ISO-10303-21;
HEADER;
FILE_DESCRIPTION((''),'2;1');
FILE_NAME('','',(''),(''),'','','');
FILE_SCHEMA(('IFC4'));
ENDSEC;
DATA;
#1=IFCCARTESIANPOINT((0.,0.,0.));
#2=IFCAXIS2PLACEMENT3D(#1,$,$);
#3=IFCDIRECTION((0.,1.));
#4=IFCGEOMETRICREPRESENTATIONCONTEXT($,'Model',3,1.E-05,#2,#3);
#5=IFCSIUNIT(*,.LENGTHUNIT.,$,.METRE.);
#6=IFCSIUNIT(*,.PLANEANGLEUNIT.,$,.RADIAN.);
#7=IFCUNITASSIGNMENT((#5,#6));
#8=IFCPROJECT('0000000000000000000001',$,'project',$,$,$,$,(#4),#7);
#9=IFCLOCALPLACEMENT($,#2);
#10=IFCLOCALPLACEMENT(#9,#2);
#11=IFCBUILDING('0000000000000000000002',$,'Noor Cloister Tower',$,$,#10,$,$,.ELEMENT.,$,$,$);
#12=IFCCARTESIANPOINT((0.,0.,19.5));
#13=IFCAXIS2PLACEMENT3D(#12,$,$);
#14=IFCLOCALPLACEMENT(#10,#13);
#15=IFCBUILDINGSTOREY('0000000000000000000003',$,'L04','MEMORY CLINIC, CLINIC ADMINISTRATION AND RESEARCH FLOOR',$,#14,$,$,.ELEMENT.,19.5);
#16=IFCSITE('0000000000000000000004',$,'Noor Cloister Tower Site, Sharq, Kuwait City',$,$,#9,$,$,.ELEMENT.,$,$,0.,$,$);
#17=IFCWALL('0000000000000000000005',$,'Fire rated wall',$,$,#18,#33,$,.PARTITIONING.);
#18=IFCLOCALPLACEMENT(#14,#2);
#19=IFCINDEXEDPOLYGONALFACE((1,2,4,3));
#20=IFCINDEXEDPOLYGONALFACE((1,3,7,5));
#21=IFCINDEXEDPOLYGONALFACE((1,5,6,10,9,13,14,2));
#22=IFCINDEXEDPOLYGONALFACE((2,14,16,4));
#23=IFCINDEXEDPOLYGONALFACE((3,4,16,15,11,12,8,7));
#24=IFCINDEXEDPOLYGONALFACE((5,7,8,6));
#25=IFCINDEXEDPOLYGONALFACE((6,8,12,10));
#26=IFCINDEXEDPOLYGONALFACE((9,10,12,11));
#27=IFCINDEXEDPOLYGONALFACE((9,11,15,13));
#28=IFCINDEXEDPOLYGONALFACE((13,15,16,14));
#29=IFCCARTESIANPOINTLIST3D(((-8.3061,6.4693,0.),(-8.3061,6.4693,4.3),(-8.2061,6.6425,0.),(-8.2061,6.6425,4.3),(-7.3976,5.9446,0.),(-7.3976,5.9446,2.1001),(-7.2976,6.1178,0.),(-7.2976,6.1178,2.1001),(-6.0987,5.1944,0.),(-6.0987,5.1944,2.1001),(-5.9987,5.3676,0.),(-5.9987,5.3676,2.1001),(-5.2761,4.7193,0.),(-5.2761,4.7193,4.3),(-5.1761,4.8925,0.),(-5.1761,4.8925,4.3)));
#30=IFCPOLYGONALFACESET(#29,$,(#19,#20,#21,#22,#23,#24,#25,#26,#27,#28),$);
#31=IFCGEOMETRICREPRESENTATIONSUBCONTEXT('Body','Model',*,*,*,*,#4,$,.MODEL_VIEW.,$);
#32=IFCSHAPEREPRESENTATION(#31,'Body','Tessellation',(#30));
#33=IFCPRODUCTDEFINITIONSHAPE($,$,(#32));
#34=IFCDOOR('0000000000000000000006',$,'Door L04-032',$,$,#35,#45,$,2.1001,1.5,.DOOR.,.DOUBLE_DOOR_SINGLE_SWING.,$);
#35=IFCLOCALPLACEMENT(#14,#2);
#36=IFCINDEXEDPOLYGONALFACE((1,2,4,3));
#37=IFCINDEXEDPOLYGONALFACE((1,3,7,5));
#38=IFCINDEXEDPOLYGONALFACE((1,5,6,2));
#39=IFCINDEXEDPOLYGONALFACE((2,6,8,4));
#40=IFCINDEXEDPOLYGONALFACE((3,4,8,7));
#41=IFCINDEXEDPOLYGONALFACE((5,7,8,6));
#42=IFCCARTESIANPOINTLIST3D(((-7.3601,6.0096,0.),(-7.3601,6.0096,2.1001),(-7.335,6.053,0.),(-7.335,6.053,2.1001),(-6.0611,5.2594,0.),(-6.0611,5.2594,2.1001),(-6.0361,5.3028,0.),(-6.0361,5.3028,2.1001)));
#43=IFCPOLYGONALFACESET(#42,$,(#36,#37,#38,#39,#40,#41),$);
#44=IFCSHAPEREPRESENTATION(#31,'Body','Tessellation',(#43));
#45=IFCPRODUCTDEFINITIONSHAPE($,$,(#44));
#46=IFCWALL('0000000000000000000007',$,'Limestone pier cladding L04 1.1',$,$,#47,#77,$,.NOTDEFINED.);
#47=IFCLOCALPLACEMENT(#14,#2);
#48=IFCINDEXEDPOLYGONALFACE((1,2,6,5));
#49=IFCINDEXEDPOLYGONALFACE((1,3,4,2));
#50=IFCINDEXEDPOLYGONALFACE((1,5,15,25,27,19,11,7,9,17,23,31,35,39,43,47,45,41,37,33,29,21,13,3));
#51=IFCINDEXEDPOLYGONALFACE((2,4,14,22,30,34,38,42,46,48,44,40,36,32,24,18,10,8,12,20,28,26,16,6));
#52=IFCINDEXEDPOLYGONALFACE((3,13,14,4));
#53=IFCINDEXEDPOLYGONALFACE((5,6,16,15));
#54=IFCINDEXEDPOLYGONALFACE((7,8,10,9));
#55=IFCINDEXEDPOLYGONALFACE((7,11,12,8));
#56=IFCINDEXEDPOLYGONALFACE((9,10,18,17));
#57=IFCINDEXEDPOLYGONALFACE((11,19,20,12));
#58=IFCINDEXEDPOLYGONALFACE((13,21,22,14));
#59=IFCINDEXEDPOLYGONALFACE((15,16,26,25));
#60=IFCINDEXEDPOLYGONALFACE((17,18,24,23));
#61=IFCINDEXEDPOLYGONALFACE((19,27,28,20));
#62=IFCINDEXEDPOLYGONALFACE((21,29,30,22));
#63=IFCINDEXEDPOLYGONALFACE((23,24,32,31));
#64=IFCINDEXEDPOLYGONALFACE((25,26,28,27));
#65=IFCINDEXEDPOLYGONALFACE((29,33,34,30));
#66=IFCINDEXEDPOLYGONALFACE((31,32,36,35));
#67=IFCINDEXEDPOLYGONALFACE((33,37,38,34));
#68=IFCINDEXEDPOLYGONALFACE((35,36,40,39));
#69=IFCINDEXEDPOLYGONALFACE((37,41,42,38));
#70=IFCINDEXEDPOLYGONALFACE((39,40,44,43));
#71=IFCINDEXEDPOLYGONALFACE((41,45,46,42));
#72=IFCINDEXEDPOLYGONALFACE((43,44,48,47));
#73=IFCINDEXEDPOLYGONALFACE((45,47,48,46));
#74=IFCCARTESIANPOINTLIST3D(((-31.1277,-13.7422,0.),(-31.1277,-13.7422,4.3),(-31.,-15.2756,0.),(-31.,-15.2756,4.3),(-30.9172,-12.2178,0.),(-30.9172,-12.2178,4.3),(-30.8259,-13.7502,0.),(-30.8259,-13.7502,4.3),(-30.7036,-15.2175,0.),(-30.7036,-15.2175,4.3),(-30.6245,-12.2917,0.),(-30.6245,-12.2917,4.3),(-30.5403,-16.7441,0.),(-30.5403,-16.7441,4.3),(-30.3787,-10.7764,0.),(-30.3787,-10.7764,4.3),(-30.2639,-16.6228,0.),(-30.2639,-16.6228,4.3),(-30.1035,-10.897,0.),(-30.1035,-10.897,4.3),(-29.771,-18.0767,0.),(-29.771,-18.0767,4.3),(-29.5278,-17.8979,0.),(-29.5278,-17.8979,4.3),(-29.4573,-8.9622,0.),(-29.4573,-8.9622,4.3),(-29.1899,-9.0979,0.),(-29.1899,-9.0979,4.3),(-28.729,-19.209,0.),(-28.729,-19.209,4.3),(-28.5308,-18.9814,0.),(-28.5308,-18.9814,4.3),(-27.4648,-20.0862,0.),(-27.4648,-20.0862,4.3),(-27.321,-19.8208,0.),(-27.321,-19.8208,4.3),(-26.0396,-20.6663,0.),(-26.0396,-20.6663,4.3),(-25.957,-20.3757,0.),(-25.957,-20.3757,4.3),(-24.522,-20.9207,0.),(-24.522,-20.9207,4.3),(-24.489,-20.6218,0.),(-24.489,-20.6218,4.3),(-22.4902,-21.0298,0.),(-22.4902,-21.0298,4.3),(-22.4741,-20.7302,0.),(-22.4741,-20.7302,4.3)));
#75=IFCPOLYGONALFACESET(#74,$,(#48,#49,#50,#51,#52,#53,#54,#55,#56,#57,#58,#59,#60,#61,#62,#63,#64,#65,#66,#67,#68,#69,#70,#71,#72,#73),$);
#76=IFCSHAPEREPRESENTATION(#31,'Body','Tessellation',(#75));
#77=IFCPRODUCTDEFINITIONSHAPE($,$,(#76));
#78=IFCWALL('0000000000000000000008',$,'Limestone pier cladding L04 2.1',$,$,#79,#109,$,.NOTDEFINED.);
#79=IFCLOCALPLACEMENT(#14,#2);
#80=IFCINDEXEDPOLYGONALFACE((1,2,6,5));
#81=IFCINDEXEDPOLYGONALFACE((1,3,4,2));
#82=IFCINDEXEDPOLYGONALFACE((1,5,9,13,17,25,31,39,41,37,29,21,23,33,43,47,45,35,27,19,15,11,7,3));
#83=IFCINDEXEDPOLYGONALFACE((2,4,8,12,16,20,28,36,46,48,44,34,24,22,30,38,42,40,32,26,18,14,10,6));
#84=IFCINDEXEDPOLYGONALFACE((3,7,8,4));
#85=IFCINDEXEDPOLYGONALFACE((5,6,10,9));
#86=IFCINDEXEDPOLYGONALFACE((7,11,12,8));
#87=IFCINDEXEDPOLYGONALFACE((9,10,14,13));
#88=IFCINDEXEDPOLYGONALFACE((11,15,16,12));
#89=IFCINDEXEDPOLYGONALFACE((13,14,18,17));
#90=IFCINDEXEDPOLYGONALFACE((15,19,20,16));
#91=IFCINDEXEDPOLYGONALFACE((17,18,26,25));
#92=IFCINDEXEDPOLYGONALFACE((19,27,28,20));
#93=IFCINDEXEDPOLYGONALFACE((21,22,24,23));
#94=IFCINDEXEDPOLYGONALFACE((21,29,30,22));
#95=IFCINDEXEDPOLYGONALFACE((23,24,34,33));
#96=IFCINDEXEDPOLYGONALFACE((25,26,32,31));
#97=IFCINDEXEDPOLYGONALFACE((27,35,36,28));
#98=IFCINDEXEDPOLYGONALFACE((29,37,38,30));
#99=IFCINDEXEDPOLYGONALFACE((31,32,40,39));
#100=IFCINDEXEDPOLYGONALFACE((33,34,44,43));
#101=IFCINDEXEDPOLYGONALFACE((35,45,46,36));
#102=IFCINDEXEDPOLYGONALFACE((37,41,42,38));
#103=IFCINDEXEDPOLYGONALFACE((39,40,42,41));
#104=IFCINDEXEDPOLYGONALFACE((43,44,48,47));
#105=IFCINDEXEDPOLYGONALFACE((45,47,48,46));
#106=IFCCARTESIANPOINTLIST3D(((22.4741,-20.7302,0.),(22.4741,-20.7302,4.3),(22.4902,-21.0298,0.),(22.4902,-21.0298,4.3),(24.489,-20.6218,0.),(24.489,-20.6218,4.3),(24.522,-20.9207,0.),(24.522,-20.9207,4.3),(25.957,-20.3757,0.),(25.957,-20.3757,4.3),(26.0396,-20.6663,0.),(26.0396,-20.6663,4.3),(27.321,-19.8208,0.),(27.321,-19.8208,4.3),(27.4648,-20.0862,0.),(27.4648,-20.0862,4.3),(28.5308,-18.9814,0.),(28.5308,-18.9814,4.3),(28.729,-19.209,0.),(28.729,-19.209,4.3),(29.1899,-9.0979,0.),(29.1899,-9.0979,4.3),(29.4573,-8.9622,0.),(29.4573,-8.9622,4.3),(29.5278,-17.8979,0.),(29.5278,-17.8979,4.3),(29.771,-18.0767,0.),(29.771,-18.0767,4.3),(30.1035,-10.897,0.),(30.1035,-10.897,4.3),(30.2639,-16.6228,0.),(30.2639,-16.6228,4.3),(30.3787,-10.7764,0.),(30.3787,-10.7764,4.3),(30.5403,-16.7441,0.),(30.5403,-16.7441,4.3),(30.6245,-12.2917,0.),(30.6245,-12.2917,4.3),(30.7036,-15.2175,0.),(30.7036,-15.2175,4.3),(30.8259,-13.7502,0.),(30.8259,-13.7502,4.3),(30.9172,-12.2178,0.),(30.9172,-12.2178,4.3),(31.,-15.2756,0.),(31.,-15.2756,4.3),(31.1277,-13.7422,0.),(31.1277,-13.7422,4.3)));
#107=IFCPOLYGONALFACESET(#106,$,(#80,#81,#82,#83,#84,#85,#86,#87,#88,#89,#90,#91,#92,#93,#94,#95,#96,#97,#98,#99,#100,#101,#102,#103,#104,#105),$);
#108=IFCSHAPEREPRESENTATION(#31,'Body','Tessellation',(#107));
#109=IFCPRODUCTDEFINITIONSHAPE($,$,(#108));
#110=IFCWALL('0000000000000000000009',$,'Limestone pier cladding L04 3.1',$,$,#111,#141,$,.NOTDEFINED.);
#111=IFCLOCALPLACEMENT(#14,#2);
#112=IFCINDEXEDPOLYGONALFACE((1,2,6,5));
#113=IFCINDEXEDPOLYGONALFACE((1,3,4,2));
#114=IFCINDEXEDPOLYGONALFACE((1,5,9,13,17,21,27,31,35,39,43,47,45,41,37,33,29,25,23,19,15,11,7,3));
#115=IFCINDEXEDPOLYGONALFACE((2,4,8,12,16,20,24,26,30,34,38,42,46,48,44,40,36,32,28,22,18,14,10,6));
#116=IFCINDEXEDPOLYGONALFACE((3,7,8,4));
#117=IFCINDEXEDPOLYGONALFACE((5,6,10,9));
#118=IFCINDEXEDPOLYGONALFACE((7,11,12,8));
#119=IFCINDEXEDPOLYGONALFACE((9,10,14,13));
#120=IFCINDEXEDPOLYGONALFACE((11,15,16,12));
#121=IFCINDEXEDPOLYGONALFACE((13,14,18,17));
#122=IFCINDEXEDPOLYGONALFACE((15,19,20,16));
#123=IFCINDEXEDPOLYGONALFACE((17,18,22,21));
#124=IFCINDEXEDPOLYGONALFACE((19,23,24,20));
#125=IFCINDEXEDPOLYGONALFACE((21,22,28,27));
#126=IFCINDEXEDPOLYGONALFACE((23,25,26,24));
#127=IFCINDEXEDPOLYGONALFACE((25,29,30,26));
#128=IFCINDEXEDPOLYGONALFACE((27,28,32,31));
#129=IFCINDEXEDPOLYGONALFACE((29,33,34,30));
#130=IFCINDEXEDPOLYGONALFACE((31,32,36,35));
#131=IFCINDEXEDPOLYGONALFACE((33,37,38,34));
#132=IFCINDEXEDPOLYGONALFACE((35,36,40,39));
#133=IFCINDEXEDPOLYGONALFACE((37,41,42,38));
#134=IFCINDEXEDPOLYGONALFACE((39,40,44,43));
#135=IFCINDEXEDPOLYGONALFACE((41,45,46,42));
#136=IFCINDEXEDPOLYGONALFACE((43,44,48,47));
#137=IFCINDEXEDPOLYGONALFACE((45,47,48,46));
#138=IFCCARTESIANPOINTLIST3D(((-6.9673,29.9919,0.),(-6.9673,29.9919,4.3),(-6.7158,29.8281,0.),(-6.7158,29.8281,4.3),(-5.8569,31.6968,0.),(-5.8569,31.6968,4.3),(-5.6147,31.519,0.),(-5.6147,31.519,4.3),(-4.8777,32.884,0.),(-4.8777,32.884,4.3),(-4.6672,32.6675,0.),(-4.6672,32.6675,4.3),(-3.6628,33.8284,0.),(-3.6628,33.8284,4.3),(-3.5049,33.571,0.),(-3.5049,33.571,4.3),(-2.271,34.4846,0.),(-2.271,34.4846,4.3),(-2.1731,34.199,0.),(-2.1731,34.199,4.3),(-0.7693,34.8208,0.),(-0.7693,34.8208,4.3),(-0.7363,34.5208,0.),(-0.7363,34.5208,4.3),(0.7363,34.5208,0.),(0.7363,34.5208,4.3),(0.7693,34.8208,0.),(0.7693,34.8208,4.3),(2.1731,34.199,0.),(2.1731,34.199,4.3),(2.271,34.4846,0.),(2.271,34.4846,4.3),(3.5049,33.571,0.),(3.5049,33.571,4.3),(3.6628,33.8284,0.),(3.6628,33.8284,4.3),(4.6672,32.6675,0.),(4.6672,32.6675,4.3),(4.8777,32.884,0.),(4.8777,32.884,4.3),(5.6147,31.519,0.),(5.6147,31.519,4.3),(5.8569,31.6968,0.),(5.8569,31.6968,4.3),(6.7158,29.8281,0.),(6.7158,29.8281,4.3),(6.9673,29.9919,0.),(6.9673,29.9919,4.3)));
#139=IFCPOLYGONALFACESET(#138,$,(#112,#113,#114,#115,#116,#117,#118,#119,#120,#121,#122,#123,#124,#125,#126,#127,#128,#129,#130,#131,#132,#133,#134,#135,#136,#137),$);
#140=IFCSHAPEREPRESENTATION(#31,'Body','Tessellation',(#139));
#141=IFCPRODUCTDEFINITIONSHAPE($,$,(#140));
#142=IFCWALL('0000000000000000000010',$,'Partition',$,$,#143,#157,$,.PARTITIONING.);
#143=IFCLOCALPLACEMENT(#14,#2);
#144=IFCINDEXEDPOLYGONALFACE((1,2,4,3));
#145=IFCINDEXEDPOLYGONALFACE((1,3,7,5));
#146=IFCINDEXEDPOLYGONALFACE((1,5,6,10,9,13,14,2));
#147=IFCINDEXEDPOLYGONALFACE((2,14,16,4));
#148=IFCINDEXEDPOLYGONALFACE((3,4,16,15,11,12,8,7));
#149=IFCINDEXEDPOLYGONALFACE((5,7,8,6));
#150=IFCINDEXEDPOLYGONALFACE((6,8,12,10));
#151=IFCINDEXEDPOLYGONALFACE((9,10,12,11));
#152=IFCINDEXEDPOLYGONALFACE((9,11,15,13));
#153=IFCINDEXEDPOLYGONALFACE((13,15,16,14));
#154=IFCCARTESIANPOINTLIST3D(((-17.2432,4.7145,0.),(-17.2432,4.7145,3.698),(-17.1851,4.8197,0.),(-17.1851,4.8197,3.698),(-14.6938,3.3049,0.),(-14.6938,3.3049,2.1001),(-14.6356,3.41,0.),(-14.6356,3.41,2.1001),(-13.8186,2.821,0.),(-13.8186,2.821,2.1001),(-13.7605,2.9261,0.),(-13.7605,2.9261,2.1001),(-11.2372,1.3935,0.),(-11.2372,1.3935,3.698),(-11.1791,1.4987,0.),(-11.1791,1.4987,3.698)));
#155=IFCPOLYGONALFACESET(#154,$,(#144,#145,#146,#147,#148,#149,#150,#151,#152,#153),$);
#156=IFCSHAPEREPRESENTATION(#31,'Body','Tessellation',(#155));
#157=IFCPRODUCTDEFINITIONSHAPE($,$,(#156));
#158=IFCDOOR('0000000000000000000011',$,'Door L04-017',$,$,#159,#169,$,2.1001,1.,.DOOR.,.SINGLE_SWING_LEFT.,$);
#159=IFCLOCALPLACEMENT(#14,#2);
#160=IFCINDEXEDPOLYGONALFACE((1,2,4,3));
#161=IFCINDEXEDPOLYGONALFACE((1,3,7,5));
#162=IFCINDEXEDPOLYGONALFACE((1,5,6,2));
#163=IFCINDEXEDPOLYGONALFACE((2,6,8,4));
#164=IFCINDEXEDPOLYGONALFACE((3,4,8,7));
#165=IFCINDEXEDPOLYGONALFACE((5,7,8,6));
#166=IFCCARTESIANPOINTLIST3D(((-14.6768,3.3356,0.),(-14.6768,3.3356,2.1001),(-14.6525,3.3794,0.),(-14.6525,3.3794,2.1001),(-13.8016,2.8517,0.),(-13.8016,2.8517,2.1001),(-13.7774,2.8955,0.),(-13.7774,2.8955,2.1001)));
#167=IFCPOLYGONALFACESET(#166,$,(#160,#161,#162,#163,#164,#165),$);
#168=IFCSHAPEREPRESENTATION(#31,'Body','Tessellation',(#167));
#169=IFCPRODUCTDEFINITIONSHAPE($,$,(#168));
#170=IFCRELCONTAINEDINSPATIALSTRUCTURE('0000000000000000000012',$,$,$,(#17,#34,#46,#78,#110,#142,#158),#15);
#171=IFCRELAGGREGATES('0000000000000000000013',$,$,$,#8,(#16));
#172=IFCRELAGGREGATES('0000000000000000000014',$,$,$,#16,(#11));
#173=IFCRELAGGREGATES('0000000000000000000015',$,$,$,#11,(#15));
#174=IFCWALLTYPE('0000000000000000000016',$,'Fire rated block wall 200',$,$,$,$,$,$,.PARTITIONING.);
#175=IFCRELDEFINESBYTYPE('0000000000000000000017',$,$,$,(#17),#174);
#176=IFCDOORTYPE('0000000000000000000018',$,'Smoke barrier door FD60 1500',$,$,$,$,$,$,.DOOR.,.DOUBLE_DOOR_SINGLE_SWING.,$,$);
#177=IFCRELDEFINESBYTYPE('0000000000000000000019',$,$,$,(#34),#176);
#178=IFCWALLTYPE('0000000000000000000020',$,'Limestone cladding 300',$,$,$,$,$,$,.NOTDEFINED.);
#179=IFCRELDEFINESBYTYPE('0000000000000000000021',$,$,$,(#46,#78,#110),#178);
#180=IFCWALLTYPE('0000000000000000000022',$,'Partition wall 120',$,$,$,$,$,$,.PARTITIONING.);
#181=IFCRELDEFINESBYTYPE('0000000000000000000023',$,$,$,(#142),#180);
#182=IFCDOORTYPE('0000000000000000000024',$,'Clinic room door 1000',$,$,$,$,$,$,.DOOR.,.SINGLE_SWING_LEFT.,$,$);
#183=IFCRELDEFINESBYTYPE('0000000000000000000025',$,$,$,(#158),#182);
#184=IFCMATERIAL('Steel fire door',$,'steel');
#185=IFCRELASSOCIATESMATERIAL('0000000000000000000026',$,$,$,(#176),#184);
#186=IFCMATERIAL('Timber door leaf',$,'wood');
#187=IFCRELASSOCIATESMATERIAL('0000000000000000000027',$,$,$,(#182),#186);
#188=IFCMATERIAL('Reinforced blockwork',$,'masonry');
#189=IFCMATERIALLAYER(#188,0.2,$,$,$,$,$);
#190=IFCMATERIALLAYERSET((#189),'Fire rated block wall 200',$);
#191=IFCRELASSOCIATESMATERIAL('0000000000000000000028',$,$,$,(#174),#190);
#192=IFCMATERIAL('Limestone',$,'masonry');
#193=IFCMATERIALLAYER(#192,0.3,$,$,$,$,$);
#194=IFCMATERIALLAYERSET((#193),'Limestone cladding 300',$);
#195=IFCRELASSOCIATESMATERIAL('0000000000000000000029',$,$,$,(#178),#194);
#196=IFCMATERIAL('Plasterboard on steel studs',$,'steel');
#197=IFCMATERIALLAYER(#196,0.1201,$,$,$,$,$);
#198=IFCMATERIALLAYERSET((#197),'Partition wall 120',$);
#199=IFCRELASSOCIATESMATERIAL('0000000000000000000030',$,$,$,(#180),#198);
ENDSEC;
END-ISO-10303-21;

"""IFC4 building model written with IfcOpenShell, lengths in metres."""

from ifc_helpers import new_model, si_unit, direction, frame, frame_2d, origin, place, context, subcontext, project, spatial, polyline, rectangle, outline, extrude, material, layer, layer_set, type_object, element, fill, save


model = new_model("IFC4")

# Units and contexts
model_context = context("Model", 3, precision=1e-05, world=origin(), true_north=direction((0.0, 1.0)))
body_context = subcontext(model_context, "Body", "Model", "MODEL_VIEW")
ifc_project = project(units=[si_unit("LENGTHUNIT", "METRE"), si_unit("PLANEANGLEUNIT", "RADIAN")], contexts=[model_context])

# Site, building, storey
site_placement = place(None, origin())
site = spatial("IfcSite", under=ifc_project, at=site_placement, Name="Noor Cloister Tower Site, Sharq, Kuwait City", CompositionType="ELEMENT", RefElevation=0.0)
building_placement = place(site_placement, origin())
building = spatial("IfcBuilding", under=site, at=building_placement, Name="Noor Cloister Tower", CompositionType="ELEMENT")
storey_placement = place(building_placement, frame((0.0, 0.0, 19.5)))
storey = spatial("IfcBuildingStorey", under=building, at=storey_placement, Name="L04", Description="MEMORY CLINIC, CLINIC ADMINISTRATION AND RESEARCH FLOOR", CompositionType="ELEMENT", Elevation=19.5)

# Shared definitions
ifc_material_1 = material(Name="Steel fire door", Category="steel")
door_type_1 = type_object("IfcDoorType", Name="Smoke barrier door FD60 1500", OperationType="DOUBLE_DOOR_SINGLE_SWING", PredefinedType="DOOR", material=ifc_material_1)

# Shared definitions
ifc_material_2 = material(Name="Timber door leaf", Category="wood")
door_type_2 = type_object("IfcDoorType", Name="Clinic room door 1000", OperationType="SINGLE_SWING_LEFT", PredefinedType="DOOR", material=ifc_material_2)

# Shared definitions
ifc_material_3 = material(Name="Reinforced blockwork", Category="masonry")
ifc_layer_1 = layer(ifc_material_3, 0.2)
ifc_layer_set_1 = layer_set([ifc_layer_1], Name="Fire rated block wall 200")
wall_type_1 = type_object("IfcWallType", Name="Fire rated block wall 200", PredefinedType="PARTITIONING", material=ifc_layer_set_1)

# Wall, opening, door
wall_1_placement = place(storey_placement, frame((-5.2261, 4.8059, 0.0), z_axis=(0.0, 0.0, 1.0), x_axis=(-0.86595, 0.500131, 0.0)))
wall_1 = element("IfcWall", 1, at=wall_1_placement, inside=storey, type_object=wall_type_1, Name="Fire rated wall", PredefinedType="PARTITIONING", context=body_context, shape_type="SweptSolid", body=[
    extrude(rectangle(XDim=3.499, YDim=0.2, at=frame_2d((1.7495, 0.0))), origin(), (0.0, 0.0, 1.0), 4.3),
])
opening_1_placement = place(wall_1_placement, frame((0.95, 0.0, 0.0)))
opening_1 = element("IfcOpeningElement", 2, at=opening_1_placement, cuts=wall_1, PredefinedType="OPENING", context=body_context, shape_type="SweptSolid", body=[
    extrude(rectangle(XDim=1.5, YDim=2.1001, at=frame_2d((0.75, 1.05))), frame((0.0, 0.1099, 0.0), z_axis=(0.0, -1.0, 0.0), x_axis=(1.0, 0.0, 0.0)), (0.0, 0.0, 1.0), 0.22),
])
door_1_placement = place(opening_1_placement, origin())
door_1 = element("IfcDoor", 3, at=door_1_placement, inside=storey, type_object=door_type_1, Name="Door L04-032", OperationType="DOUBLE_DOOR_SINGLE_SWING", OverallHeight=2.1001, OverallWidth=1.5, PredefinedType="DOOR", context=body_context, shape_type="SweptSolid", body=[
    extrude(rectangle(XDim=1.5, YDim=2.1001, at=frame_2d((0.75, 1.05))), frame((0.0, 0.0249, 0.0), z_axis=(0.0, -1.0, 0.0), x_axis=(1.0, 0.0, 0.0)), (0.0, 0.0, 1.0), 0.05),
])
fill(opening_1, door_1)

# Walls
ifc_material_4 = material(Name="Limestone", Category="masonry")
ifc_layer_2 = layer(ifc_material_4, 0.3)
ifc_layer_set_2 = layer_set([ifc_layer_2], Name="Limestone cladding 300")
wall_type_2 = type_object("IfcWallType", Name="Limestone cladding 300", PredefinedType="NOTDEFINED", material=ifc_layer_set_2)
wall_2_placement = place(storey_placement, origin())
element("IfcWall", 4, at=wall_2_placement, inside=storey, type_object=wall_type_2, Name="Limestone pier cladding L04 1.1", PredefinedType="NOTDEFINED", context=body_context, shape_type="SweptSolid", body=[
    extrude(outline(polyline([(-29.4573, -8.9622), (-30.3787, -10.7764), (-30.9172, -12.2178), (-31.1277, -13.7422), (-31.0, -15.2756), (-30.5403, -16.7441), (-29.771, -18.0767), (-28.729, -19.209), (-27.4648, -20.0862), (-26.0396, -20.6663), (-24.522, -20.9207), (-22.4902, -21.0298), (-22.4741, -20.7302), (-24.489, -20.6218), (-25.957, -20.3757), (-27.321, -19.8208), (-28.5308, -18.9814), (-29.5278, -17.8979), (-30.2639, -16.6228), (-30.7036, -15.2175), (-30.8259, -13.7502), (-30.6245, -12.2917), (-30.1035, -10.897), (-29.1899, -9.0979), (-29.4573, -8.9622)])), origin(), (0.0, 0.0, 1.0), 4.3),
])
wall_3_placement = place(storey_placement, origin())
element("IfcWall", 5, at=wall_3_placement, inside=storey, type_object=wall_type_2, Name="Limestone pier cladding L04 2.1", PredefinedType="NOTDEFINED", context=body_context, shape_type="SweptSolid", body=[
    extrude(outline(polyline([(22.4902, -21.0298), (24.522, -20.9207), (26.0396, -20.6663), (27.4648, -20.0862), (28.729, -19.209), (29.771, -18.0767), (30.5403, -16.7441), (31.0, -15.2756), (31.1277, -13.7422), (30.9172, -12.2178), (30.3787, -10.7764), (29.4573, -8.9622), (29.1899, -9.0979), (30.1035, -10.897), (30.6245, -12.2917), (30.8259, -13.7502), (30.7036, -15.2175), (30.2639, -16.6228), (29.5278, -17.8979), (28.5308, -18.9814), (27.321, -19.8208), (25.957, -20.3757), (24.489, -20.6218), (22.4741, -20.7302), (22.4902, -21.0298)])), origin(), (0.0, 0.0, 1.0), 4.3),
])
wall_4_placement = place(storey_placement, origin())
element("IfcWall", 6, at=wall_4_placement, inside=storey, type_object=wall_type_2, Name="Limestone pier cladding L04 3.1", PredefinedType="NOTDEFINED", context=body_context, shape_type="SweptSolid", body=[
    extrude(outline(polyline([(6.9673, 29.9919), (5.8569, 31.6968), (4.8777, 32.884), (3.6628, 33.8284), (2.271, 34.4846), (0.7693, 34.8208), (-0.7693, 34.8208), (-2.271, 34.4846), (-3.6628, 33.8284), (-4.8777, 32.884), (-5.8569, 31.6968), (-6.9673, 29.9919), (-6.7158, 29.8281), (-5.6147, 31.519), (-4.6672, 32.6675), (-3.5049, 33.571), (-2.1731, 34.199), (-0.7363, 34.5208), (0.7363, 34.5208), (2.1731, 34.199), (3.5049, 33.571), (4.6672, 32.6675), (5.6147, 31.519), (6.7158, 29.8281), (6.9673, 29.9919)])), origin(), (0.0, 0.0, 1.0), 4.3),
])

# Wall, opening, door
ifc_material_5 = material(Name="Plasterboard on steel studs", Category="steel")
ifc_layer_3 = layer(ifc_material_5, 0.1201)
ifc_layer_set_3 = layer_set([ifc_layer_3], Name="Partition wall 120")
wall_type_3 = type_object("IfcWallType", Name="Partition wall 120", PredefinedType="PARTITIONING", material=ifc_layer_set_3)
wall_5_placement = place(storey_placement, frame((-11.208, 1.446, 0.0), z_axis=(0.0, 0.0, 1.0), x_axis=(-0.875125, 0.483896, 0.0)))
wall_5 = element("IfcWall", 7, at=wall_5_placement, inside=storey, type_object=wall_type_3, Name="Partition", PredefinedType="PARTITIONING", context=body_context, shape_type="SweptSolid", body=[
    extrude(rectangle(XDim=6.863, YDim=0.1201, at=frame_2d((3.4316, 0.0))), origin(), (0.0, 0.0, 1.0), 3.698),
])
opening_2_placement = place(wall_5_placement, frame((2.95, 0.0, 0.0)))
opening_2 = element("IfcOpeningElement", 8, at=opening_2_placement, cuts=wall_5, PredefinedType="OPENING", context=body_context, shape_type="SweptSolid", body=[
    extrude(rectangle(XDim=1.0, YDim=2.1001, at=frame_2d((0.5, 1.05))), frame((0.0, 0.0701, 0.0), z_axis=(0.0, -1.0, 0.0), x_axis=(1.0, 0.0, 0.0)), (0.0, 0.0, 1.0), 0.1401),
])
door_2_placement = place(opening_2_placement, origin())
door_2 = element("IfcDoor", 9, at=door_2_placement, inside=storey, type_object=door_type_2, Name="Door L04-017", OperationType="SINGLE_SWING_LEFT", OverallHeight=2.1001, OverallWidth=1.0, PredefinedType="DOOR", context=body_context, shape_type="SweptSolid", body=[
    extrude(rectangle(XDim=1.0, YDim=2.1001, at=frame_2d((0.5, 1.05))), frame((0.0, 0.0249, 0.0), z_axis=(0.0, -1.0, 0.0), x_axis=(1.0, 0.0, 0.0)), (0.0, 0.0, 1.0), 0.05),
])
fill(opening_2, door_2)

save(model, "model.ifc")
